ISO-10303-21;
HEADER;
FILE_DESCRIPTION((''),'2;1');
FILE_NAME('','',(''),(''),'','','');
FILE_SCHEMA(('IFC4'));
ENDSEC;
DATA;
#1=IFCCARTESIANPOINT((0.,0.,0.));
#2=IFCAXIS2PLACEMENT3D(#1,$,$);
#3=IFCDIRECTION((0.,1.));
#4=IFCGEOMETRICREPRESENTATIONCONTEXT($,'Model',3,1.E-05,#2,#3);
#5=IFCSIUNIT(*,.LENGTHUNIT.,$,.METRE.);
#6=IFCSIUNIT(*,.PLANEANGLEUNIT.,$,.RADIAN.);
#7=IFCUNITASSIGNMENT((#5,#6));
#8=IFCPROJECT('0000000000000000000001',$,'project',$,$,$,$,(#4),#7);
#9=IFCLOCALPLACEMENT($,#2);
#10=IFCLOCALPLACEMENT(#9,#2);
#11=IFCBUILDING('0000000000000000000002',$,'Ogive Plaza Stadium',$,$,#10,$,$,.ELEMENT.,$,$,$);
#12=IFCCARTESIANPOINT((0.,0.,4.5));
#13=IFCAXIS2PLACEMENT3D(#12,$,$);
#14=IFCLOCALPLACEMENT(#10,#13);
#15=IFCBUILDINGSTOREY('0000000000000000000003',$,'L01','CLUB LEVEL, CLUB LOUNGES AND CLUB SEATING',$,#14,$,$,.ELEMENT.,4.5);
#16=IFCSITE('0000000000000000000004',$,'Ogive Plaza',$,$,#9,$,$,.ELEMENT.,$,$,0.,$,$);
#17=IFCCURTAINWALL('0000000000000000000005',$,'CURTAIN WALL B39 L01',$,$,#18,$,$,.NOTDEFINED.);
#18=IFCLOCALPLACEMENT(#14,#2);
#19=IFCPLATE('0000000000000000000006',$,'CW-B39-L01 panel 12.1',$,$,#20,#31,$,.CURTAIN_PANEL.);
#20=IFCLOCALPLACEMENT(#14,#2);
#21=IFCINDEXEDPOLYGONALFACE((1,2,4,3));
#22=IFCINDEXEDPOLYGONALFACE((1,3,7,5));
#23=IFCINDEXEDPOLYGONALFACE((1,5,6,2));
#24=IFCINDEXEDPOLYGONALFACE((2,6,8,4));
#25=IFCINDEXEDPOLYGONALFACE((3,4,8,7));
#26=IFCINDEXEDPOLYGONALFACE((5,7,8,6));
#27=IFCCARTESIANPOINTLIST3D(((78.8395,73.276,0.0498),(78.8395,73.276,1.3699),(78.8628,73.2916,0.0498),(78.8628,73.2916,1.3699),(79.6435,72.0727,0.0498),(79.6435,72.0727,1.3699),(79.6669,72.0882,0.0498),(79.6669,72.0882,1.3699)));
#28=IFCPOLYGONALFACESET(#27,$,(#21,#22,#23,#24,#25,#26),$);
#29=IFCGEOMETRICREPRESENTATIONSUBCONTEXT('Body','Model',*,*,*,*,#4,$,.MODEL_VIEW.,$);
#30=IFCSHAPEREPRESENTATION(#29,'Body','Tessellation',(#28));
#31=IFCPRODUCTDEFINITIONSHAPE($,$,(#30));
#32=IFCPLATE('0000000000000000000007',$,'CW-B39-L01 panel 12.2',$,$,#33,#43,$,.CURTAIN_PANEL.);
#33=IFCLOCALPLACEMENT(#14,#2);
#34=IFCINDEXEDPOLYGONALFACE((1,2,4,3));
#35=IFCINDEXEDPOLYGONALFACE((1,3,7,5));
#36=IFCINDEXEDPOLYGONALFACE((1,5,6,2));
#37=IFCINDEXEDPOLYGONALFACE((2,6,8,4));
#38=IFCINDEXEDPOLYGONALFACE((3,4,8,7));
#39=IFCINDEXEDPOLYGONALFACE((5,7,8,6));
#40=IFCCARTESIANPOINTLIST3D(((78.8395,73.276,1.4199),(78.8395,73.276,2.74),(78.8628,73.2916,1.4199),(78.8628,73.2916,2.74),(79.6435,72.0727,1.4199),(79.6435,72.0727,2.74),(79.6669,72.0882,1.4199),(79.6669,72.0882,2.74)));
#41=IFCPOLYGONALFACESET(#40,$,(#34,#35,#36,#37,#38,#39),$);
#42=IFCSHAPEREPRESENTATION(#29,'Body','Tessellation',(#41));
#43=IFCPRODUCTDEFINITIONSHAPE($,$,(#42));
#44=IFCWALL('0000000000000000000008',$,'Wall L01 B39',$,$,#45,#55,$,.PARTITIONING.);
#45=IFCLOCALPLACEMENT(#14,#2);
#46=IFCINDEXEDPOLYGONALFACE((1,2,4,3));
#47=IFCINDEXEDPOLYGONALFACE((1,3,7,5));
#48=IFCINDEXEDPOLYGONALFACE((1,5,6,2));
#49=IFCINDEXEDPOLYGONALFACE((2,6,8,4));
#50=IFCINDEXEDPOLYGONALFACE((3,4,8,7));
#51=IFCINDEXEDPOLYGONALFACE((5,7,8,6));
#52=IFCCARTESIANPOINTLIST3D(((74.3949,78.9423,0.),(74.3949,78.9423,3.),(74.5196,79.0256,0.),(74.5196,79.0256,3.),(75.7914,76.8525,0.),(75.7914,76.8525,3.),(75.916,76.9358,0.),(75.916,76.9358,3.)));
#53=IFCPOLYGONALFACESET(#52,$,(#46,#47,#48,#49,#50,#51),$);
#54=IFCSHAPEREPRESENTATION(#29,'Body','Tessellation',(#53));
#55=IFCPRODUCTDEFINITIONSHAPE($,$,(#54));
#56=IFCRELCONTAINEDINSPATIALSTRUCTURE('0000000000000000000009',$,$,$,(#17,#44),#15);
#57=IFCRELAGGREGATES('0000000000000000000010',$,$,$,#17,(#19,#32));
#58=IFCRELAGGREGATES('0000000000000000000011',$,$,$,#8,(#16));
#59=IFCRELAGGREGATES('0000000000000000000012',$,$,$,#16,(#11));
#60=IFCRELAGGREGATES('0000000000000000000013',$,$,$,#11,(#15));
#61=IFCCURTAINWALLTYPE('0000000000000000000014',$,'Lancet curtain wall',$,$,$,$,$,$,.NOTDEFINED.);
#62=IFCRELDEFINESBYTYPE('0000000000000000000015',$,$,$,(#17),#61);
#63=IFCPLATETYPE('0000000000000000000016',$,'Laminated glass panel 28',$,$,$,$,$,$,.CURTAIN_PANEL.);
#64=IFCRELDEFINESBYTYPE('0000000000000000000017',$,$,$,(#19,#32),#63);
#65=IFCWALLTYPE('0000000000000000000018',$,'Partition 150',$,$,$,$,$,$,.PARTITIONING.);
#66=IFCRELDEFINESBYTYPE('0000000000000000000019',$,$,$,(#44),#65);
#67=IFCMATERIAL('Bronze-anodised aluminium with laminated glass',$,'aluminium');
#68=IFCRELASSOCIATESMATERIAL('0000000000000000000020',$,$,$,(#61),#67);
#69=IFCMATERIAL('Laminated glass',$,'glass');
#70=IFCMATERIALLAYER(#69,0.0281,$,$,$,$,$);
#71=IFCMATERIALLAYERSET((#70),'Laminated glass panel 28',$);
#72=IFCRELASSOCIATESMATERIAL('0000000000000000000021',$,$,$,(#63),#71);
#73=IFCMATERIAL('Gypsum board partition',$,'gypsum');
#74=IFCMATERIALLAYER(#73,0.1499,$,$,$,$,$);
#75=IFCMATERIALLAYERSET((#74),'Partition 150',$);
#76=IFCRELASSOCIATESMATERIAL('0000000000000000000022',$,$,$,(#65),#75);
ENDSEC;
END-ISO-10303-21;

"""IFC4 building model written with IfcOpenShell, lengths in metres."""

from ifc_helpers import new_model, si_unit, direction, frame, frame_2d, origin, origin_2d, place, context, subcontext, project, spatial, rectangle, extrude, material, layer, layer_set, type_object, element, aggregate, save


model = new_model("IFC4")

# Units and contexts
model_context = context("Model", 3, precision=1e-05, world=origin(), true_north=direction((0.0, 1.0)))
body_context = subcontext(model_context, "Body", "Model", "MODEL_VIEW")
ifc_project = project(units=[si_unit("LENGTHUNIT", "METRE"), si_unit("PLANEANGLEUNIT", "RADIAN")], contexts=[model_context])

# Site, building, storey
site_placement = place(None, origin())
site = spatial("IfcSite", under=ifc_project, at=site_placement, Name="Ogive Plaza", CompositionType="ELEMENT", RefElevation=0.0)
building_placement = place(site_placement, origin())
building = spatial("IfcBuilding", under=site, at=building_placement, Name="Ogive Plaza Stadium", CompositionType="ELEMENT")
storey_placement = place(building_placement, frame((0.0, 0.0, 4.5)))
storey = spatial("IfcBuildingStorey", under=building, at=storey_placement, Name="L01", Description="CLUB LEVEL, CLUB LOUNGES AND CLUB SEATING", CompositionType="ELEMENT", Elevation=4.5)

# Curtain wall
ifc_material_1 = material(Name="Bronze-anodised aluminium with laminated glass", Category="aluminium")
curtain_wall_type = type_object("IfcCurtainWallType", Name="Lancet curtain wall", PredefinedType="NOTDEFINED", material=ifc_material_1)
curtain_wall_placement = place(storey_placement, origin())
curtain_wall = element("IfcCurtainWall", 1, at=curtain_wall_placement, inside=storey, type_object=curtain_wall_type, Name="CURTAIN WALL B39 L01", PredefinedType="NOTDEFINED")

# Plates
ifc_material_2 = material(Name="Laminated glass", Category="glass")
ifc_layer_1 = layer(ifc_material_2, 0.0281)
ifc_layer_set_1 = layer_set([ifc_layer_1], Name="Laminated glass panel 28")
plate_type = type_object("IfcPlateType", Name="Laminated glass panel 28", PredefinedType="CURTAIN_PANEL", material=ifc_layer_set_1)
plate_1_placement = place(storey_placement, frame((79.2532, 72.6821, 0.0498), z_axis=(0.0, 0.0, 1.0), x_axis=(0.55557, -0.83147, 0.0)))
plate_1 = element("IfcPlate", 2, at=plate_1_placement, type_object=plate_type, Name="CW-B39-L01 panel 12.1", PredefinedType="CURTAIN_PANEL", context=body_context, shape_type="SweptSolid", body=[
    extrude(rectangle(XDim=1.4473, YDim=0.0281, at=origin_2d()), origin(), (0.0, 0.0, 1.0), 1.3201),
])
plate_2_placement = place(storey_placement, frame((79.2532, 72.6821, 1.4199), z_axis=(0.0, 0.0, 1.0), x_axis=(0.55557, -0.83147, 0.0)))
plate_2 = element("IfcPlate", 3, at=plate_2_placement, type_object=plate_type, Name="CW-B39-L01 panel 12.2", PredefinedType="CURTAIN_PANEL", context=body_context, shape_type="SweptSolid", body=[
    extrude(rectangle(XDim=1.4473, YDim=0.0281, at=origin_2d()), origin(), (0.0, 0.0, 1.0), 1.3201),
])
aggregate(curtain_wall, [plate_1, plate_2])

# Wall
ifc_material_3 = material(Name="Gypsum board partition", Category="gypsum")
ifc_layer_2 = layer(ifc_material_3, 0.1499)
ifc_layer_set_2 = layer_set([ifc_layer_2], Name="Partition 150")
wall_type = type_object("IfcWallType", Name="Partition 150", PredefinedType="PARTITIONING", material=ifc_layer_set_2)
wall_placement = place(storey_placement, frame((75.8538, 76.894, 0.0), z_axis=(0.0, 0.0, 1.0), x_axis=(-0.555596, 0.831452, 0.0)))
element("IfcWall", 4, at=wall_placement, inside=storey, type_object=wall_type, Name="Wall L01 B39", PredefinedType="PARTITIONING", context=body_context, shape_type="SweptSolid", body=[
    extrude(rectangle(XDim=2.5134, YDim=0.1499, at=frame_2d((1.2568, 0.0))), origin(), (0.0, 0.0, 1.0), 3.0),
])

save(model, "model.ifc")
